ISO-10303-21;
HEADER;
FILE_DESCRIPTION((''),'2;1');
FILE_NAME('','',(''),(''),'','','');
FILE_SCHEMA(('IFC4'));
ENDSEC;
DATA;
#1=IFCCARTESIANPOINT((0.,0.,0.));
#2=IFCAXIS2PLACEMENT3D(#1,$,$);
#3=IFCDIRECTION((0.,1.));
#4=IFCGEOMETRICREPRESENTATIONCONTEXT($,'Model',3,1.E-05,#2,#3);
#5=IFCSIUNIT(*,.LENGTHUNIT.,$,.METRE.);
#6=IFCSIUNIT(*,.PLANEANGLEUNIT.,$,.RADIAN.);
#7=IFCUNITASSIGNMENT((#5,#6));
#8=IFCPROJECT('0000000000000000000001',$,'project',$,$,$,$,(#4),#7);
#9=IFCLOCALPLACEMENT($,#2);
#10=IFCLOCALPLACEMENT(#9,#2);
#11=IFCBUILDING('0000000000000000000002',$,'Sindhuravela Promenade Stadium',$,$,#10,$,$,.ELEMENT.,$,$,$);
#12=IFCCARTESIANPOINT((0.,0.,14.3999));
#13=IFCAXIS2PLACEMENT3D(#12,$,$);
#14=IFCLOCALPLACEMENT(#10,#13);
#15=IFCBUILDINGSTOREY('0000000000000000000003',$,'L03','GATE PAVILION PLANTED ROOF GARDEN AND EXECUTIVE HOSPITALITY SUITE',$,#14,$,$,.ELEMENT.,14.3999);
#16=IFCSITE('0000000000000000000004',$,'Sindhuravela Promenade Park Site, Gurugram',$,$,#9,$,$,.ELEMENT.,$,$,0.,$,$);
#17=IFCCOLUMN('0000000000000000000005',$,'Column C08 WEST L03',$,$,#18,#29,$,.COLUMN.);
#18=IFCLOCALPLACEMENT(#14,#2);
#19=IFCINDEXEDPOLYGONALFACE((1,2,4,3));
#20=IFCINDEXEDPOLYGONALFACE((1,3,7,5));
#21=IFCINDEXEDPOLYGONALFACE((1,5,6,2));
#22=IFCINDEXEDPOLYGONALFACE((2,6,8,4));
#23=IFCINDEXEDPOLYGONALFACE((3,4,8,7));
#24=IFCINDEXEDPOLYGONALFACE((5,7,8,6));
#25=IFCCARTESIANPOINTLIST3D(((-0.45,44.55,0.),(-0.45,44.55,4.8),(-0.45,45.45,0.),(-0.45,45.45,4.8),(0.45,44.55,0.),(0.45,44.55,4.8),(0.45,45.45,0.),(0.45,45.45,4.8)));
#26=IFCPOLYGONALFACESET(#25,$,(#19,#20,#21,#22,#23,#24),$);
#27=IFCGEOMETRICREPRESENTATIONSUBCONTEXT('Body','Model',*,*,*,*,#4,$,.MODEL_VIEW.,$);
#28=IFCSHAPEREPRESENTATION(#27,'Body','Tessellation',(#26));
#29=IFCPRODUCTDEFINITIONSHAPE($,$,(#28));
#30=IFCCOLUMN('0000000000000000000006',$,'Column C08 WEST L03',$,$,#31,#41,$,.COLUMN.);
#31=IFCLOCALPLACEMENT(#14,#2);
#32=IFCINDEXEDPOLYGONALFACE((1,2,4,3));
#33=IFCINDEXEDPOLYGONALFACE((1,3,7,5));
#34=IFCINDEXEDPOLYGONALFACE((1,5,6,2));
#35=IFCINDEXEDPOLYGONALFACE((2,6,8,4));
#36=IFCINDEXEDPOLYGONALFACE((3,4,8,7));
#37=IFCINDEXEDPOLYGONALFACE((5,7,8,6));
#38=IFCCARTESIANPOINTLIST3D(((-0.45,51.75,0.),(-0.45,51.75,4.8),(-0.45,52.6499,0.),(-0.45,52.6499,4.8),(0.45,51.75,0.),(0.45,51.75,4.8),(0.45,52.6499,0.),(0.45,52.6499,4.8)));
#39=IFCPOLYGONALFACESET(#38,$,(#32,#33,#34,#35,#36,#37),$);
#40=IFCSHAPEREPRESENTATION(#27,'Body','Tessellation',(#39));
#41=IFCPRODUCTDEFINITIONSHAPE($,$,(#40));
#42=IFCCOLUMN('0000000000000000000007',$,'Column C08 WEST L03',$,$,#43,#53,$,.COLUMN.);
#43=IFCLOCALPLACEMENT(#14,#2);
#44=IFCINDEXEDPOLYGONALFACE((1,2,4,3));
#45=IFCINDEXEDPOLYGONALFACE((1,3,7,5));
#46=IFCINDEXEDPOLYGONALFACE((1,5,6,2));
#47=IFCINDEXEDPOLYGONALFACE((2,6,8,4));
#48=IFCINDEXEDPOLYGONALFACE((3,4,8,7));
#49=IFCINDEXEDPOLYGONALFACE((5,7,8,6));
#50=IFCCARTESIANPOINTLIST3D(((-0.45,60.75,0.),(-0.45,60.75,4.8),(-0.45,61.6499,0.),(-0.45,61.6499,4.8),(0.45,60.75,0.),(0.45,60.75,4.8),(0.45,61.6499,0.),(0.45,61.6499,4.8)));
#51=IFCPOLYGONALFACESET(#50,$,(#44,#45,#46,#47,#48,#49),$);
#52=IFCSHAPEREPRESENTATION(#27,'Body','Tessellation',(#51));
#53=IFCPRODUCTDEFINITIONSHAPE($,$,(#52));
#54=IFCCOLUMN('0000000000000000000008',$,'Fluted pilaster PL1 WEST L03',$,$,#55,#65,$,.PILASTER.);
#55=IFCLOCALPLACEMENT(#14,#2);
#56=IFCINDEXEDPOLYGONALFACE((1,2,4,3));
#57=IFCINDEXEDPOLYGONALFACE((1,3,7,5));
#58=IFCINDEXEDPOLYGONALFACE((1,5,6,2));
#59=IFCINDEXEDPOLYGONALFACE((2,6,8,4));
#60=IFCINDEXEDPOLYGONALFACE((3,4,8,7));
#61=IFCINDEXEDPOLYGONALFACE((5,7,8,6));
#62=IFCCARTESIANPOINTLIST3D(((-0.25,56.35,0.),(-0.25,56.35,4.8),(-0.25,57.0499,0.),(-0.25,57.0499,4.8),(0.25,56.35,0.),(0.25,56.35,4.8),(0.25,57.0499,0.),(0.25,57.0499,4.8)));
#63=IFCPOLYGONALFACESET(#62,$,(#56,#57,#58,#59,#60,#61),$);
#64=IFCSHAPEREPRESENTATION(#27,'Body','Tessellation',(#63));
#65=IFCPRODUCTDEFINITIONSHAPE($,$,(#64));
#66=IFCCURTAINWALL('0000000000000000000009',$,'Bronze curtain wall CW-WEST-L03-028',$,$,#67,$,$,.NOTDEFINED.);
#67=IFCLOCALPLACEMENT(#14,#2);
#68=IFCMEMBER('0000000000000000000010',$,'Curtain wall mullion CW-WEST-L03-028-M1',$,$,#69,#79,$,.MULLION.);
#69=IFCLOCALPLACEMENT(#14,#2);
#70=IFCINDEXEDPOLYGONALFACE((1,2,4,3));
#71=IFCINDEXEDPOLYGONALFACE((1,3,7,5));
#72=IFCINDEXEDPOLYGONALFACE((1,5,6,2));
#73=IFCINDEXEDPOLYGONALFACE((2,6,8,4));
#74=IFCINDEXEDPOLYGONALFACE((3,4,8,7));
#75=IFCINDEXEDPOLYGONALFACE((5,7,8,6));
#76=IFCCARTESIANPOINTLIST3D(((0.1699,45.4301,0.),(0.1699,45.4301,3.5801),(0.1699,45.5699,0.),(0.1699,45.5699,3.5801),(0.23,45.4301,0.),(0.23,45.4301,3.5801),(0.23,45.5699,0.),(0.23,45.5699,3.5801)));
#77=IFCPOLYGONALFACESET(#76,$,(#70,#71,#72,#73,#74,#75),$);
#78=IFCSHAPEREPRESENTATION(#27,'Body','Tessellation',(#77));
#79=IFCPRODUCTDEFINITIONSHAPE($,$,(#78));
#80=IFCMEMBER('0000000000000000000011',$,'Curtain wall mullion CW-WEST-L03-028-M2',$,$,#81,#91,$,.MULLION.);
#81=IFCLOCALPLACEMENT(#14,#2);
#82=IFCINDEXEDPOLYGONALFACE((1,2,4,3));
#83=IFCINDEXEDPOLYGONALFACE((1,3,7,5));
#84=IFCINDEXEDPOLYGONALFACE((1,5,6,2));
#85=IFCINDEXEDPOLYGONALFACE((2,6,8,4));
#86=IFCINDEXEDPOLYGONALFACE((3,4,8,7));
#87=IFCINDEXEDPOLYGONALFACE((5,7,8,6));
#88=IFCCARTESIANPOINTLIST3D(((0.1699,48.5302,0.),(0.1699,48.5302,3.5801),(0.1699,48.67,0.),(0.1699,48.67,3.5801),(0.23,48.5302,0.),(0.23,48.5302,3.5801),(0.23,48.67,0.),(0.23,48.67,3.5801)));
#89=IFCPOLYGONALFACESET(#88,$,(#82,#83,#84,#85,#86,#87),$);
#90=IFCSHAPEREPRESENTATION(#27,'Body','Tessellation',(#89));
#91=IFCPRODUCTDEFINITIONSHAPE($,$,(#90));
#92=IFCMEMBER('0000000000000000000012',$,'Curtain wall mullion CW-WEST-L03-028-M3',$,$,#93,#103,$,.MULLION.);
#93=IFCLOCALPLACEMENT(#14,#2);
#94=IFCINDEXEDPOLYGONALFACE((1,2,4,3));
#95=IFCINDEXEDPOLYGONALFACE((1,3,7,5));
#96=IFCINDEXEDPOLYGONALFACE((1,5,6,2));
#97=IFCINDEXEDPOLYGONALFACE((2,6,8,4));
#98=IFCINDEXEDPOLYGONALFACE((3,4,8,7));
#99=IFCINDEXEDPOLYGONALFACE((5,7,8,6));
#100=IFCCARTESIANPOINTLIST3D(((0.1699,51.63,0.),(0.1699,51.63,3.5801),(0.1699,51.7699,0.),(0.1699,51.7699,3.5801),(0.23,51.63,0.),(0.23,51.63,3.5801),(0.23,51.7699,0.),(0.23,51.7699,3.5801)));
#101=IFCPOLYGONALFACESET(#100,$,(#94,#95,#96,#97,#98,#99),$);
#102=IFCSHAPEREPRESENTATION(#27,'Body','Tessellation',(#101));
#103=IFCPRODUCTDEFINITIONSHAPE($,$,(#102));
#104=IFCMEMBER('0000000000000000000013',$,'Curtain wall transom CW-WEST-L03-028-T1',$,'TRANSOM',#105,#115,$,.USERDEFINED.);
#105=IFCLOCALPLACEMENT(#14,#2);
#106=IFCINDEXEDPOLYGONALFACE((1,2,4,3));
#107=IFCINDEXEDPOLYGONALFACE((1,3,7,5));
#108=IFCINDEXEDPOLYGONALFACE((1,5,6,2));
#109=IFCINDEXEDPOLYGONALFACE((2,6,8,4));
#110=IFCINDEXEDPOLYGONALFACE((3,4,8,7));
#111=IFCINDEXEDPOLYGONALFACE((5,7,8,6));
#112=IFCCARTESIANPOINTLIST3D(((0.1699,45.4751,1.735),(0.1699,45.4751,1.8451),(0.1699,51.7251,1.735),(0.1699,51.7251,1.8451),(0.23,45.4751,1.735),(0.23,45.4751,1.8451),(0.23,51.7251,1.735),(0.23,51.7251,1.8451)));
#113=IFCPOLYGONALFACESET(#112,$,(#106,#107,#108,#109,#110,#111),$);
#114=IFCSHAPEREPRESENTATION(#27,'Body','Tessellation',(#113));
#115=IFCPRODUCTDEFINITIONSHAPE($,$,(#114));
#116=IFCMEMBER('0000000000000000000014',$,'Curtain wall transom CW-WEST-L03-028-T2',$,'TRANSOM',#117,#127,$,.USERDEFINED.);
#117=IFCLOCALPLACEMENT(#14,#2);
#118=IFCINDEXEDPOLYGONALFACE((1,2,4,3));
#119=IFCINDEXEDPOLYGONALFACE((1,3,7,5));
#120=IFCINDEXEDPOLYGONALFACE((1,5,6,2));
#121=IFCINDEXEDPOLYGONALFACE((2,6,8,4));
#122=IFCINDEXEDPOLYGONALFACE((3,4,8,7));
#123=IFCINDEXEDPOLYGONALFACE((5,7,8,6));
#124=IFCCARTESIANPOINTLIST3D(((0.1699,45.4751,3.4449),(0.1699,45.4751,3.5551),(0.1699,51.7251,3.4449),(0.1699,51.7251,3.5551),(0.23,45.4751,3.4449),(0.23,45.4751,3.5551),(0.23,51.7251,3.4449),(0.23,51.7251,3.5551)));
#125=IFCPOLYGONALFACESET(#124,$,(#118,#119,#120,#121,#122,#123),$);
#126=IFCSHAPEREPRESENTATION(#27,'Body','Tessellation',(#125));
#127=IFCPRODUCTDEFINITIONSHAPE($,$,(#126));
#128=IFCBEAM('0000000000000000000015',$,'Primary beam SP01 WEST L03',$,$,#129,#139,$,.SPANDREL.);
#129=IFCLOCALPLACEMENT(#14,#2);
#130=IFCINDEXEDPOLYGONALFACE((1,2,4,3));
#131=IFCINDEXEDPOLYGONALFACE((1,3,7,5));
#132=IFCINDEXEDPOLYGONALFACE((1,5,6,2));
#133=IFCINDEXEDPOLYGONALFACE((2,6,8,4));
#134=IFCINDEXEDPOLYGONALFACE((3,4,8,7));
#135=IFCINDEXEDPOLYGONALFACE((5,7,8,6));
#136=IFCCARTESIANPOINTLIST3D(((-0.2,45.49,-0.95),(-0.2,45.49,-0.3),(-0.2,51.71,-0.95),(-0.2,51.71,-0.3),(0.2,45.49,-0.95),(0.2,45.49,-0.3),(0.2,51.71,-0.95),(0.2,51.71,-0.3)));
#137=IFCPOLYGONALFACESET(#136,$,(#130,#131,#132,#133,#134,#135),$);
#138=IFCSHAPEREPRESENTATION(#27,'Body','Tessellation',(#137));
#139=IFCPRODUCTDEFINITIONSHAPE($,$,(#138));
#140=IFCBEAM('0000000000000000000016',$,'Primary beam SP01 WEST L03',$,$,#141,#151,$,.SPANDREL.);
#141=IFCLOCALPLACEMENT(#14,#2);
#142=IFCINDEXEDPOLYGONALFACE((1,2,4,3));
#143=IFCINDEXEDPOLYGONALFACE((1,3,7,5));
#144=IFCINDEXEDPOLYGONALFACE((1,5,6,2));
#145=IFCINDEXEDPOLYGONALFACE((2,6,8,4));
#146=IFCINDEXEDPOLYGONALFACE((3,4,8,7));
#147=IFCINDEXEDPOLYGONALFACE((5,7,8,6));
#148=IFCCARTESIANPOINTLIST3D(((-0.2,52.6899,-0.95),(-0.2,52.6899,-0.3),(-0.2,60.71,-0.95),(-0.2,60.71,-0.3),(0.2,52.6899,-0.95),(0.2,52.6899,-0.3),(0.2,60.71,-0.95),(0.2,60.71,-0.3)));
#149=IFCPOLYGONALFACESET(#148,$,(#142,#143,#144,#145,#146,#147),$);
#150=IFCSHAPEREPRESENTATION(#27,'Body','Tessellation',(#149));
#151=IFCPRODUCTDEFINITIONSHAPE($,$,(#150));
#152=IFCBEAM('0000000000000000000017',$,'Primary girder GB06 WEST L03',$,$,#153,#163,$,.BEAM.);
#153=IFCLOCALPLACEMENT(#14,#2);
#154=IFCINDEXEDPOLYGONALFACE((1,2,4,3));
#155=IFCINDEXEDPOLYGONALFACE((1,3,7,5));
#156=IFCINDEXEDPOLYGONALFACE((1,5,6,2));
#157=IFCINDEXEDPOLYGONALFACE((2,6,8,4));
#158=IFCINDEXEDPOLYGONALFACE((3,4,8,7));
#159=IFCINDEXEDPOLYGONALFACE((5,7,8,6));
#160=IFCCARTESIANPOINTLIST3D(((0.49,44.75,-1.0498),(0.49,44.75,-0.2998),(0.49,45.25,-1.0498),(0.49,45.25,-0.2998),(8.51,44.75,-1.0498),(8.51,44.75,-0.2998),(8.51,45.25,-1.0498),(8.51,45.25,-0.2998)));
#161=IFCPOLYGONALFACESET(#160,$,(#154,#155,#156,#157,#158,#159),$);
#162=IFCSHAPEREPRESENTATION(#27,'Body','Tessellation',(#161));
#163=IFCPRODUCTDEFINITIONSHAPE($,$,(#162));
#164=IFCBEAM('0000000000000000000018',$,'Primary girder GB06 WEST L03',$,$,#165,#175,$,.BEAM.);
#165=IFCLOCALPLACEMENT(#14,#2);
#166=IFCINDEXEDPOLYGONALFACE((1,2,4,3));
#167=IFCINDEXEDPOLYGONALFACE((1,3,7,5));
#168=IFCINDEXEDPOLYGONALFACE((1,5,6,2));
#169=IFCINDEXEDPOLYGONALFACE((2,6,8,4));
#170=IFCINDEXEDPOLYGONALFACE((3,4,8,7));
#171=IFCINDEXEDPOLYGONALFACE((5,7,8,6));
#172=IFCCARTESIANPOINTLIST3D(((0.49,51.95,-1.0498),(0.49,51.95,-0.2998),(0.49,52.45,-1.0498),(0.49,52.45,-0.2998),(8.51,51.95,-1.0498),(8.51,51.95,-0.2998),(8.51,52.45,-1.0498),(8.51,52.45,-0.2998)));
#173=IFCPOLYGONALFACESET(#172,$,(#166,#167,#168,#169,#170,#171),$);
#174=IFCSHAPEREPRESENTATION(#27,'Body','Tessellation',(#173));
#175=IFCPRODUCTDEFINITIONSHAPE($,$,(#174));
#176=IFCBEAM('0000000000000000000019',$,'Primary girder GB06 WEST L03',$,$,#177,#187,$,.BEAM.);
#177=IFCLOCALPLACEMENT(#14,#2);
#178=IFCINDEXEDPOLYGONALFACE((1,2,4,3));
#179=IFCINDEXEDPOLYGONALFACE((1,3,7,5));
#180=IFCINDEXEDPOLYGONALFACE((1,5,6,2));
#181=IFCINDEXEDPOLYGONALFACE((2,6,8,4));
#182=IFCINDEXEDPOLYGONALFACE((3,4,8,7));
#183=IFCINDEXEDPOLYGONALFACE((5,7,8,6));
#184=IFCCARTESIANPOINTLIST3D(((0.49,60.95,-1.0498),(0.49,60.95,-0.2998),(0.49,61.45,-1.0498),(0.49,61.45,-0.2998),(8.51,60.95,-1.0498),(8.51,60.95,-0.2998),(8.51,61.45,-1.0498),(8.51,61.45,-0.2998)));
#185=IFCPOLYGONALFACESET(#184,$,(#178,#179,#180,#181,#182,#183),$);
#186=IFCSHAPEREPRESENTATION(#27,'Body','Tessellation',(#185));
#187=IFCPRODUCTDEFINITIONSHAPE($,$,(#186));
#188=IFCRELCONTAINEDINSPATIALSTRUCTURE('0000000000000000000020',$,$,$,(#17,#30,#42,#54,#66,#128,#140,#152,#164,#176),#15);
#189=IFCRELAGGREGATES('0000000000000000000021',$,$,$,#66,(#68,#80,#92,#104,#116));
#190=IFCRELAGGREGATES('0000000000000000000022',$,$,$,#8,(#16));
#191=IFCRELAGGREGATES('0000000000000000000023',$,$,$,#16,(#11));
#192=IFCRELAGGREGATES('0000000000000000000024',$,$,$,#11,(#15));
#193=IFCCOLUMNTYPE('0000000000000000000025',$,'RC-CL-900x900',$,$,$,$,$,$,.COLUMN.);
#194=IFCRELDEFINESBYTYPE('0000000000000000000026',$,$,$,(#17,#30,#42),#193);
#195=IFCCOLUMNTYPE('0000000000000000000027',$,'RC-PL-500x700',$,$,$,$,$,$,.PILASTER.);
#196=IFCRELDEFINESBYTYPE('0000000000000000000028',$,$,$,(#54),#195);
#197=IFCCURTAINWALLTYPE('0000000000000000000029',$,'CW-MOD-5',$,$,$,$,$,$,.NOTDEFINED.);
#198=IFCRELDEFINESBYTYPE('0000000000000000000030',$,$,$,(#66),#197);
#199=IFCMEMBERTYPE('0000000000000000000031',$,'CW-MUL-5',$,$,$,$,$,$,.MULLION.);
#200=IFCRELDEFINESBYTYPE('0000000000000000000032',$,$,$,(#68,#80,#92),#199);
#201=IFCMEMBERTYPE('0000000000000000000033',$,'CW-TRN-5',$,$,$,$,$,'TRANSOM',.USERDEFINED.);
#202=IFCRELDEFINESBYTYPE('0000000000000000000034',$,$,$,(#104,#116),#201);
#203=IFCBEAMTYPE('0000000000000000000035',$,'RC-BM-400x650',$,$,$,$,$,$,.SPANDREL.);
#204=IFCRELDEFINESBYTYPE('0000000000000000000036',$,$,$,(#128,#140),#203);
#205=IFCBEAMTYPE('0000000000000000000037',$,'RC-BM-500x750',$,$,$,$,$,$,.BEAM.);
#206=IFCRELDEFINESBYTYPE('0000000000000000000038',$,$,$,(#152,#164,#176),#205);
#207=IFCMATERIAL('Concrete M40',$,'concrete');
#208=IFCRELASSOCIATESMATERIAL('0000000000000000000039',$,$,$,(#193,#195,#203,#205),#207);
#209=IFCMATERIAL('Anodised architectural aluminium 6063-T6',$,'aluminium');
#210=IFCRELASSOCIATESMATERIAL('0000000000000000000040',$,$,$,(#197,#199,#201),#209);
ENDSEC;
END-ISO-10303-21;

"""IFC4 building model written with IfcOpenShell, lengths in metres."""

from ifc_helpers import new_model, si_unit, direction, frame, origin, origin_2d, place, context, subcontext, project, spatial, rectangle, extrude, material, material_profile, profile_set, type_object, element, aggregate, save


model = new_model("IFC4")

# Units and contexts
model_context = context("Model", 3, precision=1e-05, world=origin(), true_north=direction((0.0, 1.0)))
body_context = subcontext(model_context, "Body", "Model", "MODEL_VIEW")
ifc_project = project(units=[si_unit("LENGTHUNIT", "METRE"), si_unit("PLANEANGLEUNIT", "RADIAN")], contexts=[model_context])

# Site, building, storey
site_placement = place(None, origin())
site = spatial("IfcSite", under=ifc_project, at=site_placement, Name="Sindhuravela Promenade Park Site, Gurugram", CompositionType="ELEMENT", RefElevation=0.0)
building_placement = place(site_placement, origin())
building = spatial("IfcBuilding", under=site, at=building_placement, Name="Sindhuravela Promenade Stadium", CompositionType="ELEMENT")
storey_placement = place(building_placement, frame((0.0, 0.0, 14.3999)))
storey = spatial("IfcBuildingStorey", under=building, at=storey_placement, Name="L03", Description="GATE PAVILION PLANTED ROOF GARDEN AND EXECUTIVE HOSPITALITY SUITE", CompositionType="ELEMENT", Elevation=14.3999)

# Columns
ifc_material_1 = material(Name="Concrete M40", Category="concrete")
ifc_material_profile_1 = material_profile(ifc_material_1, rectangle(XDim=0.8999, YDim=0.8999, at=origin_2d()), Name="RC 900x900")
ifc_profile_set_1 = profile_set([ifc_material_profile_1], Name="Concrete M40")
column_type_1 = type_object("IfcColumnType", Name="RC-CL-900x900", PredefinedType="COLUMN", material=ifc_profile_set_1)
for number, where, z_axis, x_axis, name in (
    (1, (0.0, 45.0, 0.0), (0.0, 0.0, 1.0), (1.0, 0.0, 0.0), "Column C08 WEST L03"),
    (2, (0.0, 52.2, 0.0), (0.0, 0.0, 1.0), (1.0, 0.0, 0.0), "Column C08 WEST L03"),
    (3, (0.0, 61.2, 0.0), (0.0, 0.0, 1.0), (1.0, 0.0, 0.0), "Column C08 WEST L03"),
):
    element("IfcColumn", number, at=place(storey_placement, frame(where, z_axis=z_axis, x_axis=x_axis)), inside=storey, type_object=column_type_1, Name=name, PredefinedType="COLUMN", context=body_context, shape_type="SweptSolid", body=[
        extrude(rectangle(XDim=0.8999, YDim=0.8999, at=origin_2d()), origin(), (0.0, 0.0, 1.0), 4.8),
    ])
ifc_material_profile_2 = material_profile(ifc_material_1, rectangle(XDim=0.5, YDim=0.7, at=origin_2d()), Name="PIL 500x700")
ifc_profile_set_2 = profile_set([ifc_material_profile_2], Name="Concrete M40")
column_type_2 = type_object("IfcColumnType", Name="RC-PL-500x700", PredefinedType="PILASTER", material=ifc_profile_set_2)
column_placement = place(storey_placement, frame((0.0, 56.7, 0.0), z_axis=(0.0, 0.0, 1.0), x_axis=(1.0, 0.0, 0.0)))
element("IfcColumn", 4, at=column_placement, inside=storey, type_object=column_type_2, Name="Fluted pilaster PL1 WEST L03", PredefinedType="PILASTER", context=body_context, shape_type="SweptSolid", body=[
    extrude(rectangle(XDim=0.5, YDim=0.7, at=origin_2d()), origin(), (0.0, 0.0, 1.0), 4.8),
])

# Curtain wall, members
ifc_material_2 = material(Name="Anodised architectural aluminium 6063-T6", Category="aluminium")
curtain_wall_type = type_object("IfcCurtainWallType", Name="CW-MOD-5", PredefinedType="NOTDEFINED", material=ifc_material_2)
curtain_wall_placement = place(storey_placement, origin())
curtain_wall = element("IfcCurtainWall", 5, at=curtain_wall_placement, inside=storey, type_object=curtain_wall_type, Name="Bronze curtain wall CW-WEST-L03-028", PredefinedType="NOTDEFINED")
ifc_material_profile_3 = material_profile(ifc_material_2, rectangle(XDim=0.0601, YDim=0.1399, at=origin_2d()), Name="ALU M60x140")
ifc_profile_set_3 = profile_set([ifc_material_profile_3], Name="Anodised architectural aluminium 6063-T6")
member_type_1 = type_object("IfcMemberType", Name="CW-MUL-5", PredefinedType="MULLION", material=ifc_profile_set_3)
member_1_placement = place(storey_placement, frame((0.2, 45.5, 0.0), z_axis=(0.0, 0.0, 1.0), x_axis=(1.0, 0.0, 0.0)))
member_1 = element("IfcMember", 6, at=member_1_placement, type_object=member_type_1, Name="Curtain wall mullion CW-WEST-L03-028-M1", PredefinedType="MULLION", context=body_context, shape_type="SweptSolid", body=[
    extrude(rectangle(XDim=0.0601, YDim=0.1399, at=origin_2d()), origin(), (0.0, 0.0, 1.0), 3.5801),
])
member_2_placement = place(storey_placement, frame((0.2, 48.6001, 0.0), z_axis=(0.0, 0.0, 1.0), x_axis=(1.0, 0.0, 0.0)))
member_2 = element("IfcMember", 7, at=member_2_placement, type_object=member_type_1, Name="Curtain wall mullion CW-WEST-L03-028-M2", PredefinedType="MULLION", context=body_context, shape_type="SweptSolid", body=[
    extrude(rectangle(XDim=0.0601, YDim=0.1399, at=origin_2d()), origin(), (0.0, 0.0, 1.0), 3.5801),
])
member_3_placement = place(storey_placement, frame((0.2, 51.7, 0.0), z_axis=(0.0, 0.0, 1.0), x_axis=(1.0, 0.0, 0.0)))
member_3 = element("IfcMember", 8, at=member_3_placement, type_object=member_type_1, Name="Curtain wall mullion CW-WEST-L03-028-M3", PredefinedType="MULLION", context=body_context, shape_type="SweptSolid", body=[
    extrude(rectangle(XDim=0.0601, YDim=0.1399, at=origin_2d()), origin(), (0.0, 0.0, 1.0), 3.5801),
])
ifc_material_profile_4 = material_profile(ifc_material_2, rectangle(XDim=0.0601, YDim=0.1101, at=origin_2d()), Name="ALU T60x110")
ifc_profile_set_4 = profile_set([ifc_material_profile_4], Name="Anodised architectural aluminium 6063-T6")
member_type_2 = type_object("IfcMemberType", Name="CW-TRN-5", ElementType="TRANSOM", PredefinedType="USERDEFINED", material=ifc_profile_set_4)
member_4_placement = place(storey_placement, frame((0.2, 45.4751, 1.79), z_axis=(0.0, 1.0, 0.0), x_axis=(-1.0, 0.0, 0.0)))
member_4 = element("IfcMember", 9, at=member_4_placement, type_object=member_type_2, Name="Curtain wall transom CW-WEST-L03-028-T1", ObjectType="TRANSOM", PredefinedType="USERDEFINED", context=body_context, shape_type="SweptSolid", body=[
    extrude(rectangle(XDim=0.0601, YDim=0.1101, at=origin_2d()), origin(), (0.0, 0.0, 1.0), 6.25),
])
member_5_placement = place(storey_placement, frame((0.2, 45.4751, 3.5), z_axis=(0.0, 1.0, 0.0), x_axis=(-1.0, 0.0, 0.0)))
member_5 = element("IfcMember", 10, at=member_5_placement, type_object=member_type_2, Name="Curtain wall transom CW-WEST-L03-028-T2", ObjectType="TRANSOM", PredefinedType="USERDEFINED", context=body_context, shape_type="SweptSolid", body=[
    extrude(rectangle(XDim=0.0601, YDim=0.1101, at=origin_2d()), origin(), (0.0, 0.0, 1.0), 6.25),
])

# Beams
ifc_material_profile_5 = material_profile(ifc_material_1, rectangle(XDim=0.3999, YDim=0.6499, at=origin_2d()), Name="RC 400x650")
ifc_profile_set_5 = profile_set([ifc_material_profile_5], Name="Concrete M40")
beam_type_1 = type_object("IfcBeamType", Name="RC-BM-400x650", PredefinedType="SPANDREL", material=ifc_profile_set_5)
beam_1_placement = place(storey_placement, frame((0.0, 45.49, -0.625), z_axis=(0.0, 1.0, 0.0), x_axis=(-1.0, 0.0, 0.0)))
element("IfcBeam", 11, at=beam_1_placement, inside=storey, type_object=beam_type_1, Name="Primary beam SP01 WEST L03", PredefinedType="SPANDREL", context=body_context, shape_type="SweptSolid", body=[
    extrude(rectangle(XDim=0.3999, YDim=0.6499, at=origin_2d()), origin(), (0.0, 0.0, 1.0), 6.22),
])
beam_2_placement = place(storey_placement, frame((0.0, 52.6899, -0.625), z_axis=(0.0, 1.0, 0.0), x_axis=(-1.0, 0.0, 0.0)))
element("IfcBeam", 12, at=beam_2_placement, inside=storey, type_object=beam_type_1, Name="Primary beam SP01 WEST L03", PredefinedType="SPANDREL", context=body_context, shape_type="SweptSolid", body=[
    extrude(rectangle(XDim=0.3999, YDim=0.6499, at=origin_2d()), origin(), (0.0, 0.0, 1.0), 8.02),
])
ifc_material_profile_6 = material_profile(ifc_material_1, rectangle(XDim=0.5, YDim=0.75, at=origin_2d()), Name="RC 500x750")
ifc_profile_set_6 = profile_set([ifc_material_profile_6], Name="Concrete M40")
beam_type_2 = type_object("IfcBeamType", Name="RC-BM-500x750", PredefinedType="BEAM", material=ifc_profile_set_6)
for number, where, z_axis, x_axis, name in (
    (13, (0.49, 45.0, -0.6748), (1.0, 0.0, 0.0), (0.0, 1.0, 0.0), "Primary girder GB06 WEST L03"),
    (14, (0.49, 52.2, -0.6748), (1.0, 0.0, 0.0), (0.0, 1.0, 0.0), "Primary girder GB06 WEST L03"),
    (15, (0.49, 61.2, -0.6748), (1.0, 0.0, 0.0), (0.0, 1.0, 0.0), "Primary girder GB06 WEST L03"),
):
    element("IfcBeam", number, at=place(storey_placement, frame(where, z_axis=z_axis, x_axis=x_axis)), inside=storey, type_object=beam_type_2, Name=name, PredefinedType="BEAM", context=body_context, shape_type="SweptSolid", body=[
        extrude(rectangle(XDim=0.5, YDim=0.75, at=origin_2d()), origin(), (0.0, 0.0, 1.0), 8.02),
    ])

aggregate(curtain_wall, [member_1, member_2, member_3, member_4, member_5])

save(model, "model.ifc")
